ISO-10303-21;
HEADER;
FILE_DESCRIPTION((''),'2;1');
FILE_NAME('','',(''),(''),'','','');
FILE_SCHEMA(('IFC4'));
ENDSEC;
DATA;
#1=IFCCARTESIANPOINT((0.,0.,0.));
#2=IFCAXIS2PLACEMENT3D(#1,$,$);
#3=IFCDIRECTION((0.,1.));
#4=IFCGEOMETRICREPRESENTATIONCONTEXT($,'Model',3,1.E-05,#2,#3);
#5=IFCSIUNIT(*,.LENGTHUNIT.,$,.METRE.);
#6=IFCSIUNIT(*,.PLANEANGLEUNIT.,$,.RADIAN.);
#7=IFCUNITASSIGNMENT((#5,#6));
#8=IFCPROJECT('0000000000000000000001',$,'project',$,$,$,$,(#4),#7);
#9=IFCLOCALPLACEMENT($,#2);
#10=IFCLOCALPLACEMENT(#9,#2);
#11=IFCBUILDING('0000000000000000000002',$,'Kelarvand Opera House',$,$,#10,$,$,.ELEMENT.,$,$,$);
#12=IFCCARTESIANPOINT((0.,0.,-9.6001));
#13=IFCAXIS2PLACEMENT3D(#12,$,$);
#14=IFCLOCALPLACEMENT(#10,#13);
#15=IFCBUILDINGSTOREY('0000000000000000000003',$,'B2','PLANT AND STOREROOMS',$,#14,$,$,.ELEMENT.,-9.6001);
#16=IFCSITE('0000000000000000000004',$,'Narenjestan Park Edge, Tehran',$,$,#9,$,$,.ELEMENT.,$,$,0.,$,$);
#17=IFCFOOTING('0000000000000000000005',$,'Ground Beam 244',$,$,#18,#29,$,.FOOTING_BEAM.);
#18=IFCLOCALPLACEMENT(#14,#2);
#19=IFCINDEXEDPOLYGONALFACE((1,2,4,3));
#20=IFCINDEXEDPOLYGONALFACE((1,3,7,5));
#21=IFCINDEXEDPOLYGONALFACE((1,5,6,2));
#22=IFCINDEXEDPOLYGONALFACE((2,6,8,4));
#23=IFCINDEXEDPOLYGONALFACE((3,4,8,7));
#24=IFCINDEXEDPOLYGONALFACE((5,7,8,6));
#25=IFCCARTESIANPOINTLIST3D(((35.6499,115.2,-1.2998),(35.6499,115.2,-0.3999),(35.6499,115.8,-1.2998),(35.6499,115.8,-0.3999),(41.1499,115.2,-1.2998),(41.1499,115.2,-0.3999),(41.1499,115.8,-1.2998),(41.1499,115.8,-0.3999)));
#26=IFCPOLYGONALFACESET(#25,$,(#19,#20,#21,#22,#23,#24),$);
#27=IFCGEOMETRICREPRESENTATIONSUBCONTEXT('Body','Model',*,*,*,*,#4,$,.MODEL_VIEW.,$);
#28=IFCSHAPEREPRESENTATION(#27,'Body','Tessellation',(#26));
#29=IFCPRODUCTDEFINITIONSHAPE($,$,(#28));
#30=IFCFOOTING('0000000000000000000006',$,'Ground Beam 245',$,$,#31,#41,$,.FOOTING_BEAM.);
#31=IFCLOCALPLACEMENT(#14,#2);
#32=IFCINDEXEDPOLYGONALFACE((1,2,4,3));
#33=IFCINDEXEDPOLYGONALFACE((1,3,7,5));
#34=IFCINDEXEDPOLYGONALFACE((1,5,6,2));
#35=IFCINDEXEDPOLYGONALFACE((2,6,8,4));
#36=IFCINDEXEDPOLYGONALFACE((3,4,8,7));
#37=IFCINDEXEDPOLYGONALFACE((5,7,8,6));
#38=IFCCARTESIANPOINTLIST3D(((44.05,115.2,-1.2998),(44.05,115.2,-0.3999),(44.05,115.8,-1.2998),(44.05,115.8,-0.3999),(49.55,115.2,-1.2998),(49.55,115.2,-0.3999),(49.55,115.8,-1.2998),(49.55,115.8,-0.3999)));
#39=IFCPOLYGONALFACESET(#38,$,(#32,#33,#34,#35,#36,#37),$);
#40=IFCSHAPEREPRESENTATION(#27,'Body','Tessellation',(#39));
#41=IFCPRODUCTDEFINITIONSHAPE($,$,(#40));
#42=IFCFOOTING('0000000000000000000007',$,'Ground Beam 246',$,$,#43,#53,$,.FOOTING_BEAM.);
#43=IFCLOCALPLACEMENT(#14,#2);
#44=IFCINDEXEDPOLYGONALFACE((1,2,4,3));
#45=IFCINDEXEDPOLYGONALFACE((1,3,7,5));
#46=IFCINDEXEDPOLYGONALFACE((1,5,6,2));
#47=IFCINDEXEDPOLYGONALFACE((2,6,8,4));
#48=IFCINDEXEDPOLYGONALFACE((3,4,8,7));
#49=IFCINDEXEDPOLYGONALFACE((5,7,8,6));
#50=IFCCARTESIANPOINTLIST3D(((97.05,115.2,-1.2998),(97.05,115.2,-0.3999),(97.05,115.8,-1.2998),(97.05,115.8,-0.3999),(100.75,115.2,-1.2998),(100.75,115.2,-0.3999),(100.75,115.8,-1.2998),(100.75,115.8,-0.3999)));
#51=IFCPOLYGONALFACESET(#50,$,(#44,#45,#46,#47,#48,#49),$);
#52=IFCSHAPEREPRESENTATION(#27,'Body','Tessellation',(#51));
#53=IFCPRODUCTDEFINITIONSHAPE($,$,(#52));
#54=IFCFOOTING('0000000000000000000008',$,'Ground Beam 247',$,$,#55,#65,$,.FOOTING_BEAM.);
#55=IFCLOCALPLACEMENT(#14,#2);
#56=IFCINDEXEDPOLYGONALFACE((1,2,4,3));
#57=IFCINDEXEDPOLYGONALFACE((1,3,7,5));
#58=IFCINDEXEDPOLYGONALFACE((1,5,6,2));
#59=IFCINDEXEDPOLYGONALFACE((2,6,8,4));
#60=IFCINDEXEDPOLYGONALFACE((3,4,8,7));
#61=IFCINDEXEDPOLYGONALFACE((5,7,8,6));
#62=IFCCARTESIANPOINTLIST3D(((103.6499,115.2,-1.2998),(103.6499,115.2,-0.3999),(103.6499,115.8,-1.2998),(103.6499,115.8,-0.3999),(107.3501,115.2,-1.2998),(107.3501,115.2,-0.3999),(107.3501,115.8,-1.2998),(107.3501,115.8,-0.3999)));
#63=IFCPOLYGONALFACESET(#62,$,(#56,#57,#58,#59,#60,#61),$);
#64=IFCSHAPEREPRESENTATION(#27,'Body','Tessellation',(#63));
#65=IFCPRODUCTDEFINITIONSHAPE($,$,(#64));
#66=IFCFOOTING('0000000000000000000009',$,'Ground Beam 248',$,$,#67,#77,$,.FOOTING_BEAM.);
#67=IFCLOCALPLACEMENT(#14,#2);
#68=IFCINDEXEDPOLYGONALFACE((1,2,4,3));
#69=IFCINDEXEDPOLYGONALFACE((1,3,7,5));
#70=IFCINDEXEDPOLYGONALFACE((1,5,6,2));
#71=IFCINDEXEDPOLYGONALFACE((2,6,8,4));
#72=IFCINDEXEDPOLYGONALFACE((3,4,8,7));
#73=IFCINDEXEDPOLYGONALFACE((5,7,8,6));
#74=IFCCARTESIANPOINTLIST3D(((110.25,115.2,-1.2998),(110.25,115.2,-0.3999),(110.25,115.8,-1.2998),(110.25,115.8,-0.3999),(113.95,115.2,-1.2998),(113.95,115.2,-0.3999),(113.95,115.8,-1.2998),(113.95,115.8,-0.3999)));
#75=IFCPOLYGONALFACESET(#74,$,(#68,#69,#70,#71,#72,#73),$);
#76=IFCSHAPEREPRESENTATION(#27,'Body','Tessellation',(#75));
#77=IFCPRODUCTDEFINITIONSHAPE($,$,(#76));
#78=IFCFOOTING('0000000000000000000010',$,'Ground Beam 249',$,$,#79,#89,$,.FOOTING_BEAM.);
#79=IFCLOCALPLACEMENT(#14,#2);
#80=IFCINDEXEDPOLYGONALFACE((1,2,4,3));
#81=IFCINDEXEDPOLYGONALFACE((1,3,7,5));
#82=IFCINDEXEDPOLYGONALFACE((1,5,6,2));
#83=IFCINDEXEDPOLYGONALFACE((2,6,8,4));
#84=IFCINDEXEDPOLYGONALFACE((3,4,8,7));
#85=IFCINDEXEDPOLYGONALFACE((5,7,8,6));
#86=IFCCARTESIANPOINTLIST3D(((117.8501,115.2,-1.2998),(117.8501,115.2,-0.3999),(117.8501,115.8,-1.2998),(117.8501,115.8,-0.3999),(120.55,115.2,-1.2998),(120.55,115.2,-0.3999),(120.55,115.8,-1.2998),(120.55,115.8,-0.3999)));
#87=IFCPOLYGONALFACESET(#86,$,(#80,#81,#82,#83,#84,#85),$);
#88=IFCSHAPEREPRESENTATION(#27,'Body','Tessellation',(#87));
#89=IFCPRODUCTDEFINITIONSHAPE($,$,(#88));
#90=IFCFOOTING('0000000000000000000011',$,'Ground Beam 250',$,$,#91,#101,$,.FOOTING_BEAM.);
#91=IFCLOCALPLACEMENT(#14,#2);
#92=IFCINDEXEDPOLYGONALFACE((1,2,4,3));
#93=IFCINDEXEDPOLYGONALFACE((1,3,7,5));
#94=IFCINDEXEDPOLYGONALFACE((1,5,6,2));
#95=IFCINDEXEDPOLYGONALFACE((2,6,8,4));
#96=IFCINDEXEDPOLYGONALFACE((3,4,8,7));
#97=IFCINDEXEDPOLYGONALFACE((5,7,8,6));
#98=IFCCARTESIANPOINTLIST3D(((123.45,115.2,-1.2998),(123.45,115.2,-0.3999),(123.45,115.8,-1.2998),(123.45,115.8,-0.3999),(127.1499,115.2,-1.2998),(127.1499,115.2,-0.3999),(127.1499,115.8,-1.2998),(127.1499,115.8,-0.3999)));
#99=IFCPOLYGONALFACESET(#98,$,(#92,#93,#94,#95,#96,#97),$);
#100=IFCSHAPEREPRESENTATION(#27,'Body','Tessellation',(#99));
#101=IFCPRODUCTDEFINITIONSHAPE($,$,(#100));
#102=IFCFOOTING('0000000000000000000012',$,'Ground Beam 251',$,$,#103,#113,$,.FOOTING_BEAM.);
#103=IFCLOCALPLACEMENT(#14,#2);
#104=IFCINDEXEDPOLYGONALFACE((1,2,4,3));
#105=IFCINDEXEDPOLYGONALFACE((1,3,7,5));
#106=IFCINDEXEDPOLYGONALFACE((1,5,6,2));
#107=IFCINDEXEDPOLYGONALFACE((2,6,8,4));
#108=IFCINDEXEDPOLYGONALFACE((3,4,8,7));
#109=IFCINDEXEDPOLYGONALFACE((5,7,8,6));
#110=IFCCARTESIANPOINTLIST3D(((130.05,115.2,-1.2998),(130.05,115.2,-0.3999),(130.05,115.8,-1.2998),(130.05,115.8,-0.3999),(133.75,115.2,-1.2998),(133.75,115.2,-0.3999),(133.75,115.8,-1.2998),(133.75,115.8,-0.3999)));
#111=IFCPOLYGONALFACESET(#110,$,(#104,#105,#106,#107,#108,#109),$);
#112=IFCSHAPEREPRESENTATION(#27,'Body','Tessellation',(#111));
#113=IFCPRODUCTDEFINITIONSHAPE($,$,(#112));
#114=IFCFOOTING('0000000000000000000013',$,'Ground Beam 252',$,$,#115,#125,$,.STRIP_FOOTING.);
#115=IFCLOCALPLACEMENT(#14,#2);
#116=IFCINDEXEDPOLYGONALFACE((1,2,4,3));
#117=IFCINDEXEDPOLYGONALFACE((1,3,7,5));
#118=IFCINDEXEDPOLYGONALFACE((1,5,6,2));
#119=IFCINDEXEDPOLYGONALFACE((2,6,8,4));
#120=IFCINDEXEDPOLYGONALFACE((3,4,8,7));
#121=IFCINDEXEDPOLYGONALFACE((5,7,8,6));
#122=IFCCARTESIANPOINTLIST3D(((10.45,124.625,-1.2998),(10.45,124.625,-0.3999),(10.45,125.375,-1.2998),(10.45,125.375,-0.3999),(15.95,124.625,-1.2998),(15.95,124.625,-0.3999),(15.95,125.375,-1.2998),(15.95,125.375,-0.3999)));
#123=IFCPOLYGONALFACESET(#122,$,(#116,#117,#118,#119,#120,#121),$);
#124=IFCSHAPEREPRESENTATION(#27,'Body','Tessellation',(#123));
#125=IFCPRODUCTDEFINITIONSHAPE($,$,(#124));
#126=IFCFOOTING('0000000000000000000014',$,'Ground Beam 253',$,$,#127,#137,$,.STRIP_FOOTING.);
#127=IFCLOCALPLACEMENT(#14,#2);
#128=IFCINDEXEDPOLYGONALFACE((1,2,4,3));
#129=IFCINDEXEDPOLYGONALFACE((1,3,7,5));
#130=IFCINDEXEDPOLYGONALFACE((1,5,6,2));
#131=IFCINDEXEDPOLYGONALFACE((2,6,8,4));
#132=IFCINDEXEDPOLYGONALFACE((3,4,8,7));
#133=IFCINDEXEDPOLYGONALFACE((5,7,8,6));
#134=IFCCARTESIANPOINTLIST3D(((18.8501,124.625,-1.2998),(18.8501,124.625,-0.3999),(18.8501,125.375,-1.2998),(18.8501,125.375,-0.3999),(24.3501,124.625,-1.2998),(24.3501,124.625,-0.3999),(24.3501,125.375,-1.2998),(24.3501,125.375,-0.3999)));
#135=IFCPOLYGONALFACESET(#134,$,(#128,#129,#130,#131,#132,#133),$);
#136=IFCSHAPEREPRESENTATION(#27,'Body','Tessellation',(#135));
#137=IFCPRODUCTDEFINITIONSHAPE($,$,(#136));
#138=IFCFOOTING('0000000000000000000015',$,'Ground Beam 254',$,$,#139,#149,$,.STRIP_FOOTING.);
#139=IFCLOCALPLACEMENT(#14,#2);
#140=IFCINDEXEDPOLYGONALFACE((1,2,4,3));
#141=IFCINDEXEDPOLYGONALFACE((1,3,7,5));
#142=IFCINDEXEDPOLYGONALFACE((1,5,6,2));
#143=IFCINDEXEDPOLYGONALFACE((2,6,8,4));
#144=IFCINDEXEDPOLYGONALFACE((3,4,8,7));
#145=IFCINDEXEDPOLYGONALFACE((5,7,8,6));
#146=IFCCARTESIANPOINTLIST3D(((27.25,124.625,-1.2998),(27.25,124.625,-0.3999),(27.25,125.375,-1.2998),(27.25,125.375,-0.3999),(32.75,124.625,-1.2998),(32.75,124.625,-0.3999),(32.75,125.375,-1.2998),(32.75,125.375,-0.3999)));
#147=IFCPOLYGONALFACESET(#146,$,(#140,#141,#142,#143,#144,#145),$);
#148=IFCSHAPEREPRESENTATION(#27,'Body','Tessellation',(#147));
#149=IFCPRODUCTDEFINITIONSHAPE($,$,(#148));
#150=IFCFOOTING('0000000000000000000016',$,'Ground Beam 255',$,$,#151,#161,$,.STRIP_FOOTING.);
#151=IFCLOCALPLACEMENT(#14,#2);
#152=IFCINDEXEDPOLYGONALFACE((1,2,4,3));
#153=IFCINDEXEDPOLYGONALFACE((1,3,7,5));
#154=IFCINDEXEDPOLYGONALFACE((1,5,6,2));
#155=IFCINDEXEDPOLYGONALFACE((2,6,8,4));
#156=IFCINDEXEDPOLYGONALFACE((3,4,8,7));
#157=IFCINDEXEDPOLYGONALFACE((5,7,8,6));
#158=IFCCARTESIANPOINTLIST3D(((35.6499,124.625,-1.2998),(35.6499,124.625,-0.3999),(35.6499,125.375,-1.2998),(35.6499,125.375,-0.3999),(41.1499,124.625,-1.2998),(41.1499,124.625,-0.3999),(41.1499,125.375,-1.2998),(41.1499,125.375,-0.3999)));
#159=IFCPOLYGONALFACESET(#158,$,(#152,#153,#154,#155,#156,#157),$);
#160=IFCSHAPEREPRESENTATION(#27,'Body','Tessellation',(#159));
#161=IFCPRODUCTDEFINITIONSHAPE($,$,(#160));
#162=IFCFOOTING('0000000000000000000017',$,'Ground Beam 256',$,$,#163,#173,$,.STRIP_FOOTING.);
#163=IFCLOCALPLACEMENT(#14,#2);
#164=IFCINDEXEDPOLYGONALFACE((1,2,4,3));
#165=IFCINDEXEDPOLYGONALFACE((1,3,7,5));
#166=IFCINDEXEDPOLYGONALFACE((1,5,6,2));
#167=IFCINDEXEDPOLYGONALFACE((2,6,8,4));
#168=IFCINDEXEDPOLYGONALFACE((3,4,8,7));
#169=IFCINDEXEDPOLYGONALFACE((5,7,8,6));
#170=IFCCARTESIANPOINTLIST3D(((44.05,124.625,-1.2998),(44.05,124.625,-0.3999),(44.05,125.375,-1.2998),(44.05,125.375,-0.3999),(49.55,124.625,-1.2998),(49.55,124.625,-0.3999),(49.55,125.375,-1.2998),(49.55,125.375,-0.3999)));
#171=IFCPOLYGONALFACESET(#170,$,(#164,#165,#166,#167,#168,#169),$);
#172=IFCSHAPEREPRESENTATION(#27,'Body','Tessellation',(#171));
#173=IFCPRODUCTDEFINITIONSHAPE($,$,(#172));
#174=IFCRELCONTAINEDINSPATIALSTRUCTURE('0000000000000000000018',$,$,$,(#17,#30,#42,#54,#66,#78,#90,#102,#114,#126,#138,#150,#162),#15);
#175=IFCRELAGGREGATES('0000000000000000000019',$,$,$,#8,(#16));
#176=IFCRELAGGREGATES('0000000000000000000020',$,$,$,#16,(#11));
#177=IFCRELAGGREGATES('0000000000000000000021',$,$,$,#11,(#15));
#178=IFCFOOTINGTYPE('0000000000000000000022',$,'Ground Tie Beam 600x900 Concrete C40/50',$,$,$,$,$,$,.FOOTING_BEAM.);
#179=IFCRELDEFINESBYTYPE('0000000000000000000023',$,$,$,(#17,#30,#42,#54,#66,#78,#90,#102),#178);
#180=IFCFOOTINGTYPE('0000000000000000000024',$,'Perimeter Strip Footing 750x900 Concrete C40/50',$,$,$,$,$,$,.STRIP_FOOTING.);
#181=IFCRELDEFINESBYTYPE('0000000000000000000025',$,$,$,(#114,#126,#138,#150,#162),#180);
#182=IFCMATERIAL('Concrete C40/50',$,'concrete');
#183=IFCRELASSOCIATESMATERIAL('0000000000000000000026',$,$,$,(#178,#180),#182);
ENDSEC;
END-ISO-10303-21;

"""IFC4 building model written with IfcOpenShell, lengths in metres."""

from ifc_helpers import new_model, si_unit, direction, frame, origin, place, context, subcontext, project, spatial, polyline, outline, extrude, material, type_object, element, save


model = new_model("IFC4")

# Units and contexts
model_context = context("Model", 3, precision=1e-05, world=origin(), true_north=direction((0.0, 1.0)))
body_context = subcontext(model_context, "Body", "Model", "MODEL_VIEW")
ifc_project = project(units=[si_unit("LENGTHUNIT", "METRE"), si_unit("PLANEANGLEUNIT", "RADIAN")], contexts=[model_context])

# Site, building, storey
site_placement = place(None, origin())
site = spatial("IfcSite", under=ifc_project, at=site_placement, Name="Narenjestan Park Edge, Tehran", CompositionType="ELEMENT", RefElevation=0.0)
building_placement = place(site_placement, origin())
building = spatial("IfcBuilding", under=site, at=building_placement, Name="Kelarvand Opera House", CompositionType="ELEMENT")
storey_placement = place(building_placement, frame((0.0, 0.0, -9.6001)))
storey = spatial("IfcBuildingStorey", under=building, at=storey_placement, Name="B2", Description="PLANT AND STOREROOMS", CompositionType="ELEMENT", Elevation=-9.6001)

# Footings
ifc_material = material(Name="Concrete C40/50", Category="concrete")
footing_type_1 = type_object("IfcFootingType", Name="Ground Tie Beam 600x900 Concrete C40/50", PredefinedType="FOOTING_BEAM", material=ifc_material)
footing_1_placement = place(storey_placement, frame((0.0, 0.0, -1.2998)))
element("IfcFooting", 1, at=footing_1_placement, inside=storey, type_object=footing_type_1, Name="Ground Beam 244", PredefinedType="FOOTING_BEAM", context=body_context, shape_type="SweptSolid", body=[
    extrude(outline(polyline([(35.6499, 115.2), (41.1499, 115.2), (41.1499, 115.8), (35.6499, 115.8), (35.6499, 115.2)])), origin(), (0.0, 0.0, 1.0), 0.8999),
])
footing_2_placement = place(storey_placement, frame((0.0, 0.0, -1.2998)))
element("IfcFooting", 2, at=footing_2_placement, inside=storey, type_object=footing_type_1, Name="Ground Beam 245", PredefinedType="FOOTING_BEAM", context=body_context, shape_type="SweptSolid", body=[
    extrude(outline(polyline([(44.05, 115.2), (49.55, 115.2), (49.55, 115.8), (44.05, 115.8), (44.05, 115.2)])), origin(), (0.0, 0.0, 1.0), 0.8999),
])
footing_3_placement = place(storey_placement, frame((0.0, 0.0, -1.2998)))
element("IfcFooting", 3, at=footing_3_placement, inside=storey, type_object=footing_type_1, Name="Ground Beam 246", PredefinedType="FOOTING_BEAM", context=body_context, shape_type="SweptSolid", body=[
    extrude(outline(polyline([(97.05, 115.2), (100.75, 115.2), (100.75, 115.8), (97.05, 115.8), (97.05, 115.2)])), origin(), (0.0, 0.0, 1.0), 0.8999),
])
footing_4_placement = place(storey_placement, frame((0.0, 0.0, -1.2998)))
element("IfcFooting", 4, at=footing_4_placement, inside=storey, type_object=footing_type_1, Name="Ground Beam 247", PredefinedType="FOOTING_BEAM", context=body_context, shape_type="SweptSolid", body=[
    extrude(outline(polyline([(103.6499, 115.2), (107.3501, 115.2), (107.3501, 115.8), (103.6499, 115.8), (103.6499, 115.2)])), origin(), (0.0, 0.0, 1.0), 0.8999),
])
footing_5_placement = place(storey_placement, frame((0.0, 0.0, -1.2998)))
element("IfcFooting", 5, at=footing_5_placement, inside=storey, type_object=footing_type_1, Name="Ground Beam 248", PredefinedType="FOOTING_BEAM", context=body_context, shape_type="SweptSolid", body=[
    extrude(outline(polyline([(110.25, 115.2), (113.95, 115.2), (113.95, 115.8), (110.25, 115.8), (110.25, 115.2)])), origin(), (0.0, 0.0, 1.0), 0.8999),
])
footing_6_placement = place(storey_placement, frame((0.0, 0.0, -1.2998)))
element("IfcFooting", 6, at=footing_6_placement, inside=storey, type_object=footing_type_1, Name="Ground Beam 249", PredefinedType="FOOTING_BEAM", context=body_context, shape_type="SweptSolid", body=[
    extrude(outline(polyline([(117.8501, 115.2), (120.55, 115.2), (120.55, 115.8), (117.8501, 115.8), (117.8501, 115.2)])), origin(), (0.0, 0.0, 1.0), 0.8999),
])
footing_7_placement = place(storey_placement, frame((0.0, 0.0, -1.2998)))
element("IfcFooting", 7, at=footing_7_placement, inside=storey, type_object=footing_type_1, Name="Ground Beam 250", PredefinedType="FOOTING_BEAM", context=body_context, shape_type="SweptSolid", body=[
    extrude(outline(polyline([(123.45, 115.2), (127.1499, 115.2), (127.1499, 115.8), (123.45, 115.8), (123.45, 115.2)])), origin(), (0.0, 0.0, 1.0), 0.8999),
])
footing_8_placement = place(storey_placement, frame((0.0, 0.0, -1.2998)))
element("IfcFooting", 8, at=footing_8_placement, inside=storey, type_object=footing_type_1, Name="Ground Beam 251", PredefinedType="FOOTING_BEAM", context=body_context, shape_type="SweptSolid", body=[
    extrude(outline(polyline([(130.05, 115.2), (133.75, 115.2), (133.75, 115.8), (130.05, 115.8), (130.05, 115.2)])), origin(), (0.0, 0.0, 1.0), 0.8999),
])
footing_type_2 = type_object("IfcFootingType", Name="Perimeter Strip Footing 750x900 Concrete C40/50", PredefinedType="STRIP_FOOTING", material=ifc_material)
footing_9_placement = place(storey_placement, frame((0.0, 0.0, -1.2998)))
element("IfcFooting", 9, at=footing_9_placement, inside=storey, type_object=footing_type_2, Name="Ground Beam 252", PredefinedType="STRIP_FOOTING", context=body_context, shape_type="SweptSolid", body=[
    extrude(outline(polyline([(10.45, 124.625), (15.95, 124.625), (15.95, 125.375), (10.45, 125.375), (10.45, 124.625)])), origin(), (0.0, 0.0, 1.0), 0.8999),
])
footing_10_placement = place(storey_placement, frame((0.0, 0.0, -1.2998)))
element("IfcFooting", 10, at=footing_10_placement, inside=storey, type_object=footing_type_2, Name="Ground Beam 253", PredefinedType="STRIP_FOOTING", context=body_context, shape_type="SweptSolid", body=[
    extrude(outline(polyline([(18.8501, 124.625), (24.3501, 124.625), (24.3501, 125.375), (18.8501, 125.375), (18.8501, 124.625)])), origin(), (0.0, 0.0, 1.0), 0.8999),
])
footing_11_placement = place(storey_placement, frame((0.0, 0.0, -1.2998)))
element("IfcFooting", 11, at=footing_11_placement, inside=storey, type_object=footing_type_2, Name="Ground Beam 254", PredefinedType="STRIP_FOOTING", context=body_context, shape_type="SweptSolid", body=[
    extrude(outline(polyline([(27.25, 124.625), (32.75, 124.625), (32.75, 125.375), (27.25, 125.375), (27.25, 124.625)])), origin(), (0.0, 0.0, 1.0), 0.8999),
])
footing_12_placement = place(storey_placement, frame((0.0, 0.0, -1.2998)))
element("IfcFooting", 12, at=footing_12_placement, inside=storey, type_object=footing_type_2, Name="Ground Beam 255", PredefinedType="STRIP_FOOTING", context=body_context, shape_type="SweptSolid", body=[
    extrude(outline(polyline([(35.6499, 124.625), (41.1499, 124.625), (41.1499, 125.375), (35.6499, 125.375), (35.6499, 124.625)])), origin(), (0.0, 0.0, 1.0), 0.8999),
])
footing_13_placement = place(storey_placement, frame((0.0, 0.0, -1.2998)))
element("IfcFooting", 13, at=footing_13_placement, inside=storey, type_object=footing_type_2, Name="Ground Beam 256", PredefinedType="STRIP_FOOTING", context=body_context, shape_type="SweptSolid", body=[
    extrude(outline(polyline([(44.05, 124.625), (49.55, 124.625), (49.55, 125.375), (44.05, 125.375), (44.05, 124.625)])), origin(), (0.0, 0.0, 1.0), 0.8999),
])

save(model, "model.ifc")
